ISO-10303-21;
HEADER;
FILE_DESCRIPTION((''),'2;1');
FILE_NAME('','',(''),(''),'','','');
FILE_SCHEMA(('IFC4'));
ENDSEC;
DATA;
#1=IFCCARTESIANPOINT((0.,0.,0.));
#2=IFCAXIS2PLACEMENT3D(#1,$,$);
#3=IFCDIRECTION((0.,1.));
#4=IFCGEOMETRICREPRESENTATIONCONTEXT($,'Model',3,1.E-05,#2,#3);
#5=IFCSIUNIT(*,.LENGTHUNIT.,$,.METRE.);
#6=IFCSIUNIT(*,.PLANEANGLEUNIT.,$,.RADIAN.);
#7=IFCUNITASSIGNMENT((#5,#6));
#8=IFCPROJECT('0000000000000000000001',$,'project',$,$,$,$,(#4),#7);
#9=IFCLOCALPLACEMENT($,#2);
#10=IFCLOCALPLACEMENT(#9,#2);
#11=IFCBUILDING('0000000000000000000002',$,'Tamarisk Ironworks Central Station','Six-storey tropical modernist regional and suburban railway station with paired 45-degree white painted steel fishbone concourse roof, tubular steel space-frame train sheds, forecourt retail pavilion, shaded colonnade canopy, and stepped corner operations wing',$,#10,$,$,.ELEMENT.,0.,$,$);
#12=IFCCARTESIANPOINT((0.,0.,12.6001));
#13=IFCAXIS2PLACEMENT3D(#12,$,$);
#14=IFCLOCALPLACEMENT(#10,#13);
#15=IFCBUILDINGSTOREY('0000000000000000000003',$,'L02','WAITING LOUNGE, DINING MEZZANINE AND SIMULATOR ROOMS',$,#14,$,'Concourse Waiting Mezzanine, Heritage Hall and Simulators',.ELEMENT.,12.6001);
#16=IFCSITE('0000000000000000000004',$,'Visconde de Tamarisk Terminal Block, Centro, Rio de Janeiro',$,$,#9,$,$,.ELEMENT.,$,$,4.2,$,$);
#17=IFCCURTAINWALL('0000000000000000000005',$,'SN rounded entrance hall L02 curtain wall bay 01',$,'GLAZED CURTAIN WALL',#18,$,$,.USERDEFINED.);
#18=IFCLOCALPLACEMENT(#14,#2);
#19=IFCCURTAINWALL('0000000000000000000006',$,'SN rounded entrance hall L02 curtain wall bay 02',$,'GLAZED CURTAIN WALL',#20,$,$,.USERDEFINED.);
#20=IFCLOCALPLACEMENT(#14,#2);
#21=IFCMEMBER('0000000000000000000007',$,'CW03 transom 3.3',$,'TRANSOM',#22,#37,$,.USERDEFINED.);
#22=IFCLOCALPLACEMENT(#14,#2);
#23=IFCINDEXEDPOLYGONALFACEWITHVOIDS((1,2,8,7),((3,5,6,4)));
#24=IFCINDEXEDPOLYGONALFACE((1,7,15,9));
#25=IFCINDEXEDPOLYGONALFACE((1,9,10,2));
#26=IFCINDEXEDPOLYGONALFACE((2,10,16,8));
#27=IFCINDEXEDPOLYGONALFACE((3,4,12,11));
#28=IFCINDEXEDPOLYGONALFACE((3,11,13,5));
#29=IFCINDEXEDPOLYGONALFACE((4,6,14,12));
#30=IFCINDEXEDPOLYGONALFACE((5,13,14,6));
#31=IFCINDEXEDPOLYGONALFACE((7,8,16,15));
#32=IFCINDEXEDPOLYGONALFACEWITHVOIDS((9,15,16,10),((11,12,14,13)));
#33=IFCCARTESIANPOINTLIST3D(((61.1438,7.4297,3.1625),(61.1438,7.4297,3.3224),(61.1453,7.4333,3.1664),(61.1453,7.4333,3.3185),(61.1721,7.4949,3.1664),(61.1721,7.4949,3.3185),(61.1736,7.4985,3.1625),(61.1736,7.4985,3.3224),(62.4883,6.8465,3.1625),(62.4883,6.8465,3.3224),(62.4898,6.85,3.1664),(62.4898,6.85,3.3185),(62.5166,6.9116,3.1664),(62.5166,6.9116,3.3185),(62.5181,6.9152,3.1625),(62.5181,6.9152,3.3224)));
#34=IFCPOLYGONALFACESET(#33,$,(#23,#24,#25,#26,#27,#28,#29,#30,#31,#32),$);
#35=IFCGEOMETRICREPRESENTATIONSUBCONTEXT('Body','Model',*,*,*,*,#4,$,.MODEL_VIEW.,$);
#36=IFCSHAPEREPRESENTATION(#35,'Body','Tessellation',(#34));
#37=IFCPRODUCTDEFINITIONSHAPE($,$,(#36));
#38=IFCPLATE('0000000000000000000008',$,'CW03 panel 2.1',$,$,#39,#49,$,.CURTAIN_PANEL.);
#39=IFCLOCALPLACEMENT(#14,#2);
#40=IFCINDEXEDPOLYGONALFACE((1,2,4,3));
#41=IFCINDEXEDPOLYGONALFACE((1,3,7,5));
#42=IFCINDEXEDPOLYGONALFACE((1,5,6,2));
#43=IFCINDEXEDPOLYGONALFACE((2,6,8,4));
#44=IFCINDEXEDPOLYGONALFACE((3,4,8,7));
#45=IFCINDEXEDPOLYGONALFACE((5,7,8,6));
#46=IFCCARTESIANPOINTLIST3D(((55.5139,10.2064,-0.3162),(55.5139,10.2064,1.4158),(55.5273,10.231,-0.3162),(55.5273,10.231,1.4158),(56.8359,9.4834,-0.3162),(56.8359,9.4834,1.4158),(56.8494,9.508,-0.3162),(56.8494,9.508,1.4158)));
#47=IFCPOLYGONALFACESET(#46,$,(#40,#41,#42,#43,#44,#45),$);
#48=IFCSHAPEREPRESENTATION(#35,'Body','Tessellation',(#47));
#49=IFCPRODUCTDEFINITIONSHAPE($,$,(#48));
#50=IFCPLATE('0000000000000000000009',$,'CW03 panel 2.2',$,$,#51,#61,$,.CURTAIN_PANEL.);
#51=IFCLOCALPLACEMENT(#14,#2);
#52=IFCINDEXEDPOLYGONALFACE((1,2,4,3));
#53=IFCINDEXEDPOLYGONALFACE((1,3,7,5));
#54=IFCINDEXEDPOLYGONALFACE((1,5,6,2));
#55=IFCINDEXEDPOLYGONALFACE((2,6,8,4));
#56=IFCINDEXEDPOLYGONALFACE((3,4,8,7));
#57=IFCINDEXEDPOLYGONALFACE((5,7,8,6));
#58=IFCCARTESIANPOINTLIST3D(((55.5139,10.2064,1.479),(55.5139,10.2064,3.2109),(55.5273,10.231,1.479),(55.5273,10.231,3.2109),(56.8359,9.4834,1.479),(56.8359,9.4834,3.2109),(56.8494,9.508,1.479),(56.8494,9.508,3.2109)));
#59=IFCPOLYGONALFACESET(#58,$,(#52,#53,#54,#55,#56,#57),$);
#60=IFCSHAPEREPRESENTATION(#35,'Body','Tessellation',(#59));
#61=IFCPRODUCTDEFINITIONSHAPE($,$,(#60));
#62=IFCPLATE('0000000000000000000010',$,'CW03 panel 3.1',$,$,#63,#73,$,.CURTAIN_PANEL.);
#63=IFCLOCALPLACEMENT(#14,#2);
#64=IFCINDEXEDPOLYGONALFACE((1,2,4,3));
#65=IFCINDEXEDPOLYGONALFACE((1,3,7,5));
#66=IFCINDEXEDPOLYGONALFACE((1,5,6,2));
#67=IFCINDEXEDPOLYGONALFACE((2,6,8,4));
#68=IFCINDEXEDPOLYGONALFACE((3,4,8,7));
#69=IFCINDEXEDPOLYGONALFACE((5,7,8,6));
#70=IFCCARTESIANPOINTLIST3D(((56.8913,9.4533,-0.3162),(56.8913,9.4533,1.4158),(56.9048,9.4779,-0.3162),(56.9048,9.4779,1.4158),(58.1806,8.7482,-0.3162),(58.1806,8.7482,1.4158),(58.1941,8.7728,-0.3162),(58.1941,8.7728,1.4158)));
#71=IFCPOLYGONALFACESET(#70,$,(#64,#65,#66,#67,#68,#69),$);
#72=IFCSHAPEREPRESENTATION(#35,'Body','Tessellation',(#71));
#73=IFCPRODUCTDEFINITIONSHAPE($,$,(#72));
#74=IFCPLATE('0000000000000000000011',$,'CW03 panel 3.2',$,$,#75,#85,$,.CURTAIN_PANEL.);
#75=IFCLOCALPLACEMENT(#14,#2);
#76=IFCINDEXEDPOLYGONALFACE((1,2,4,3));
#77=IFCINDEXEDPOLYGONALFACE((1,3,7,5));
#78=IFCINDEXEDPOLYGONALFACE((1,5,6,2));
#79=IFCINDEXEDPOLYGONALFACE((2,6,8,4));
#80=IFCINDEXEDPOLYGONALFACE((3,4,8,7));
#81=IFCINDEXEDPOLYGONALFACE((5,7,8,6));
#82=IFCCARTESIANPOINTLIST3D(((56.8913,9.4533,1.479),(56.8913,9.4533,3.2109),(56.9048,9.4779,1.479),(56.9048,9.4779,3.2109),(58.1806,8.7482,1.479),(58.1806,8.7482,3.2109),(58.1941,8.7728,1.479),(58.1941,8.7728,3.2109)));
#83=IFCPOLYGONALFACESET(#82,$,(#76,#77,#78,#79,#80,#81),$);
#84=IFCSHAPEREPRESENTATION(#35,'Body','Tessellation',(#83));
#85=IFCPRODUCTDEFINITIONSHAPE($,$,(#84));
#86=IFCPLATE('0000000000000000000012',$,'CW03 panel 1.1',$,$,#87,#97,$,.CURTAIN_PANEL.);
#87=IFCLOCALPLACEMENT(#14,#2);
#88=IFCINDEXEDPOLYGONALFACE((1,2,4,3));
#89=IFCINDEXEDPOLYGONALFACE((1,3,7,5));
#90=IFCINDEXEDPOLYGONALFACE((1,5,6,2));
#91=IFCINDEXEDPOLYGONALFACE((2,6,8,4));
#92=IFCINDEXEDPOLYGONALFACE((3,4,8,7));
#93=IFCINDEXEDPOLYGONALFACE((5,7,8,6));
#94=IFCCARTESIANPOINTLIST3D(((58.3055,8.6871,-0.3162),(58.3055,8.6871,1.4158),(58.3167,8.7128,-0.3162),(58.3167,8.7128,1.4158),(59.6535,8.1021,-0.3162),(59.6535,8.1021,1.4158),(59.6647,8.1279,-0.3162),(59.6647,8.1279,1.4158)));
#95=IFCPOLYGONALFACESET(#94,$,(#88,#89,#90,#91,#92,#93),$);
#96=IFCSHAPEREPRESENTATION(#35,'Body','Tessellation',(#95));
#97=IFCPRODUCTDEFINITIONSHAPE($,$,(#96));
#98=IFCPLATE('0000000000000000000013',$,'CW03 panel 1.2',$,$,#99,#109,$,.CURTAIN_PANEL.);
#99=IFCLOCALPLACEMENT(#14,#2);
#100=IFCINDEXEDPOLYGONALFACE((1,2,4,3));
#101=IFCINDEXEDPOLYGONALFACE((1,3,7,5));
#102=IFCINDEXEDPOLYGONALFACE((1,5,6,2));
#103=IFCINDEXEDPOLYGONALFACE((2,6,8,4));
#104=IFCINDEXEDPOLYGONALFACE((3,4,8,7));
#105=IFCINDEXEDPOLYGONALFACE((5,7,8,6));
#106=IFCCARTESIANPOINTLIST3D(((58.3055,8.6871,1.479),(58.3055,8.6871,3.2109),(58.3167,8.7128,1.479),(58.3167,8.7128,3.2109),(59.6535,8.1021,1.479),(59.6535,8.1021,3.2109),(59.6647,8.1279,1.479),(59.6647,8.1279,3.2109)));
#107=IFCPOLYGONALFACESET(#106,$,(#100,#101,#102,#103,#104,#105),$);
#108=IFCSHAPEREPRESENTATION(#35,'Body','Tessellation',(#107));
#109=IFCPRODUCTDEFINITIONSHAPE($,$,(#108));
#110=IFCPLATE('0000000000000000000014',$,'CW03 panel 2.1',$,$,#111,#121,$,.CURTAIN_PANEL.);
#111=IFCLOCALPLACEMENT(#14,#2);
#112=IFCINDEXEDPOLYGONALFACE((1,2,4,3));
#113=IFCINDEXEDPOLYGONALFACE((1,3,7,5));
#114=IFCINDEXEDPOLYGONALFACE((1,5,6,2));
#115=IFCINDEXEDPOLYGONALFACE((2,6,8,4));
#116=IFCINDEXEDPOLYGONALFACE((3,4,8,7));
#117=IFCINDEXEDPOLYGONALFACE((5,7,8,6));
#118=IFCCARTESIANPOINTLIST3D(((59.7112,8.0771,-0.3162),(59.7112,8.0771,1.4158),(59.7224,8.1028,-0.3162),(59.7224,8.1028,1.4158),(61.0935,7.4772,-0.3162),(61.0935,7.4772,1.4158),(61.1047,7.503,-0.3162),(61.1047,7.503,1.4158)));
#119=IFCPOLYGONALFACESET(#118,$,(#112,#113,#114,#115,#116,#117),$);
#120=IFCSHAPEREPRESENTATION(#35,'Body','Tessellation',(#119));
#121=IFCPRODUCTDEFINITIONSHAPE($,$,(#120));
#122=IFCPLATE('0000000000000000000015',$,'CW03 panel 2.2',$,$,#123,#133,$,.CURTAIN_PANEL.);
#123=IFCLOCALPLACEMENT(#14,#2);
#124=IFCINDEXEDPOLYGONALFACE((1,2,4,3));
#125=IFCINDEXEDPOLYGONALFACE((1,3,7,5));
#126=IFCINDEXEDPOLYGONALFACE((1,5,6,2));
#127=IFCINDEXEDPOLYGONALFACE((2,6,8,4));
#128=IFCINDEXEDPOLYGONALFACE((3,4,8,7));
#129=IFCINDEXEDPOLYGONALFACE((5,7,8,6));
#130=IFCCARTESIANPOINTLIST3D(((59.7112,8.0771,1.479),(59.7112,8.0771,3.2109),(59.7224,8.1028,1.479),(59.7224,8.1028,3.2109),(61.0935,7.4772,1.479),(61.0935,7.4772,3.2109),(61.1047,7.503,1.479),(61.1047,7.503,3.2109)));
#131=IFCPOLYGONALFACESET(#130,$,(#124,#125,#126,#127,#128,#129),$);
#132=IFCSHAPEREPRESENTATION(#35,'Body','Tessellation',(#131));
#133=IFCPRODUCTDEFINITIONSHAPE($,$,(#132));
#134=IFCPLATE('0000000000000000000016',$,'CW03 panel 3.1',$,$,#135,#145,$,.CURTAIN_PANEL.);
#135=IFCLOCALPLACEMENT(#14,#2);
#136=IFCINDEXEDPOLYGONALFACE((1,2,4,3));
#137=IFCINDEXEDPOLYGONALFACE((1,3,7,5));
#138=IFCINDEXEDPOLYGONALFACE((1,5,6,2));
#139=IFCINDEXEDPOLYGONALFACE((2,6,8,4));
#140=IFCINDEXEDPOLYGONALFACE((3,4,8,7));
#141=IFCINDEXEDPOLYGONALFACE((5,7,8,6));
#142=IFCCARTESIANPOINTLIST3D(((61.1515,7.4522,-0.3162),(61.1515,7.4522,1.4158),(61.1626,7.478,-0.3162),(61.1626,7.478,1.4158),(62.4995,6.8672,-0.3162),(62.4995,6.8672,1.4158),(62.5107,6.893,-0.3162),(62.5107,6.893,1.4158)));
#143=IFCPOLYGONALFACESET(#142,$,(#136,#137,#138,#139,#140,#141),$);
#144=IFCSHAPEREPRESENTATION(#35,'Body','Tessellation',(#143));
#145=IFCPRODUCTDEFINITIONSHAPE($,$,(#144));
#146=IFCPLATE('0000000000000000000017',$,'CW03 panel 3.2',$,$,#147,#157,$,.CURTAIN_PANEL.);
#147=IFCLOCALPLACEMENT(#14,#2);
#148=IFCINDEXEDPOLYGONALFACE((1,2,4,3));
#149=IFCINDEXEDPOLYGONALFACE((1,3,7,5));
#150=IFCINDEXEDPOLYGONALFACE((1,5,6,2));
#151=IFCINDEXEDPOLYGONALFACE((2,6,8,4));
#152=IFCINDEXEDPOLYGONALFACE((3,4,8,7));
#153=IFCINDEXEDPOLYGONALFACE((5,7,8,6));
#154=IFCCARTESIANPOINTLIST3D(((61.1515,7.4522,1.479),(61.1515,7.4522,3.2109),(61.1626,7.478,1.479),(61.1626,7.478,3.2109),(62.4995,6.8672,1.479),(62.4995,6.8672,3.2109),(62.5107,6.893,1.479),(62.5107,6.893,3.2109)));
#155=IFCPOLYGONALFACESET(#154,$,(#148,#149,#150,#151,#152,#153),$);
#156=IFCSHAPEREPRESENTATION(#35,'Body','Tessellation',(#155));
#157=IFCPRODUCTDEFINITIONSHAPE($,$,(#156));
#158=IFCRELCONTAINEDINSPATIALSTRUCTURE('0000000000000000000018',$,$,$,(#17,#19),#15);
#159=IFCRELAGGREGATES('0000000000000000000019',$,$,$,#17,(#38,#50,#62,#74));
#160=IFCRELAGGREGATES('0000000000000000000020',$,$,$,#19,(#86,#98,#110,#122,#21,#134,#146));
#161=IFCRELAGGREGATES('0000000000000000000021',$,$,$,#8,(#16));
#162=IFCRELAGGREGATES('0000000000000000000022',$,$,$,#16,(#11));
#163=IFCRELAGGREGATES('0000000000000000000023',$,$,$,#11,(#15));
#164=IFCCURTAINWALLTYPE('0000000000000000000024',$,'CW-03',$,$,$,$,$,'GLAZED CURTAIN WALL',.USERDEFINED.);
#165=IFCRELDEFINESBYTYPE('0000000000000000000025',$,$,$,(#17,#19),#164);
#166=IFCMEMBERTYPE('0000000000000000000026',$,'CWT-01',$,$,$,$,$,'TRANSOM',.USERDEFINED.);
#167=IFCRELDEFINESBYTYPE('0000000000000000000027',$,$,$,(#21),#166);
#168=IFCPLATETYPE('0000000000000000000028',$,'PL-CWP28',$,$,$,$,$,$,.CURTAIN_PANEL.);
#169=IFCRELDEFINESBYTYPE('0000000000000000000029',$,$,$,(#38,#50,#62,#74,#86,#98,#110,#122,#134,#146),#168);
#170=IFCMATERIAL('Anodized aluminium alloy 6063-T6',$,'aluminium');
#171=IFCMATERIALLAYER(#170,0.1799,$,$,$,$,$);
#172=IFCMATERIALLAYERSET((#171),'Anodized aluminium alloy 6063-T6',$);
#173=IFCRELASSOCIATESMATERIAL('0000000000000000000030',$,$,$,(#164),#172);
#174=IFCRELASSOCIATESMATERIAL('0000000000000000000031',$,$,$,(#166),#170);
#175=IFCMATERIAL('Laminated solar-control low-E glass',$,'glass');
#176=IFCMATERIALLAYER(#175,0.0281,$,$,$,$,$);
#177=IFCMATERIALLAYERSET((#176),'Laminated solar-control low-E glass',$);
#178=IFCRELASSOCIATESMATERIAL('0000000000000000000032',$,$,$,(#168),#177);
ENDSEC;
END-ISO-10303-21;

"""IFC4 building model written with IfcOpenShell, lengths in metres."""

from ifc_helpers import new_model, si_unit, direction, frame, origin, origin_2d, place, context, subcontext, project, spatial, rectangle, hollow_rectangle, extrude, material, layer, layer_set, material_profile, profile_set, type_object, element, aggregate, save


model = new_model("IFC4")

# Units and contexts
model_context = context("Model", 3, precision=1e-05, world=origin(), true_north=direction((0.0, 1.0)))
body_context = subcontext(model_context, "Body", "Model", "MODEL_VIEW")
ifc_project = project(units=[si_unit("LENGTHUNIT", "METRE"), si_unit("PLANEANGLEUNIT", "RADIAN")], contexts=[model_context])

# Site, building, storey
site_placement = place(None, origin())
site = spatial("IfcSite", under=ifc_project, at=site_placement, Name="Visconde de Tamarisk Terminal Block, Centro, Rio de Janeiro", CompositionType="ELEMENT", RefElevation=4.2)
building_placement = place(site_placement, origin())
building = spatial("IfcBuilding", under=site, at=building_placement, Name="Tamarisk Ironworks Central Station", Description="Six-storey tropical modernist regional and suburban railway station with paired 45-degree white painted steel fishbone concourse roof, tubular steel space-frame train sheds, forecourt retail pavilion, shaded colonnade canopy, and stepped corner operations wing", CompositionType="ELEMENT", ElevationOfRefHeight=0.0)
storey_placement = place(building_placement, frame((0.0, 0.0, 12.6001)))
storey = spatial("IfcBuildingStorey", under=building, at=storey_placement, Name="L02", Description="WAITING LOUNGE, DINING MEZZANINE AND SIMULATOR ROOMS", LongName="Concourse Waiting Mezzanine, Heritage Hall and Simulators", CompositionType="ELEMENT", Elevation=12.6001)

# Curtain walls
ifc_material_1 = material(Name="Anodized aluminium alloy 6063-T6", Category="aluminium")
ifc_layer_1 = layer(ifc_material_1, 0.1799)
ifc_layer_set_1 = layer_set([ifc_layer_1], Name="Anodized aluminium alloy 6063-T6")
curtain_wall_type = type_object("IfcCurtainWallType", Name="CW-03", ElementType="GLAZED CURTAIN WALL", PredefinedType="USERDEFINED", material=ifc_layer_set_1)
curtain_wall_1_placement = place(storey_placement, origin())
curtain_wall_1 = element("IfcCurtainWall", 1, at=curtain_wall_1_placement, inside=storey, type_object=curtain_wall_type, Name="SN rounded entrance hall L02 curtain wall bay 01", ObjectType="GLAZED CURTAIN WALL", PredefinedType="USERDEFINED")
curtain_wall_2_placement = place(storey_placement, origin())
curtain_wall_2 = element("IfcCurtainWall", 2, at=curtain_wall_2_placement, inside=storey, type_object=curtain_wall_type, Name="SN rounded entrance hall L02 curtain wall bay 02", ObjectType="GLAZED CURTAIN WALL", PredefinedType="USERDEFINED")

# Member
ifc_material_profile_1 = material_profile(ifc_material_1, hollow_rectangle(XDim=0.075, YDim=0.1599, WallThickness=0.0039, at=origin_2d()), Name="ALUM 160x75")
ifc_profile_set_1 = profile_set([ifc_material_profile_1], Name="Anodized aluminium alloy 6063-T6")
member_type_1 = type_object("IfcMemberType", Name="CWT-01", ElementType="TRANSOM", PredefinedType="USERDEFINED", material=ifc_profile_set_1)
member_1_placement = place(storey_placement, frame((61.1587, 7.4641, 3.2424), z_axis=(0.917396, -0.397977, 0.0), x_axis=(0.397977, 0.917396, 0.0)))
member_1 = element("IfcMember", 3, at=member_1_placement, type_object=member_type_1, Name="CW03 transom 3.3", ObjectType="TRANSOM", PredefinedType="USERDEFINED", context=body_context, shape_type="SweptSolid", body=[
    extrude(hollow_rectangle(XDim=0.075, YDim=0.1599, WallThickness=0.0039, at=origin_2d()), origin(), (0.0, 0.0, 1.0), 1.4656),
])

# Plates
ifc_material_2 = material(Name="Laminated solar-control low-E glass", Category="glass")
ifc_layer_2 = layer(ifc_material_2, 0.0281)
ifc_layer_set_2 = layer_set([ifc_layer_2], Name="Laminated solar-control low-E glass")
plate_type = type_object("IfcPlateType", Name="PL-CWP28", PredefinedType="CURTAIN_PANEL", material=ifc_layer_set_2)
plate_1_placement = place(storey_placement, frame((56.1816, 9.8572, -0.3162), z_axis=(0.0, 0.0, 1.0), x_axis=(0.877375, -0.479805, 0.0)))
plate_1 = element("IfcPlate", 4, at=plate_1_placement, type_object=plate_type, Name="CW03 panel 2.1", PredefinedType="CURTAIN_PANEL", context=body_context, shape_type="SweptSolid", body=[
    extrude(rectangle(XDim=1.5068, YDim=0.0281, at=origin_2d()), origin(), (0.0, 0.0, 1.0), 1.7319),
])
plate_2_placement = place(storey_placement, frame((56.1816, 9.8572, 1.479), z_axis=(0.0, 0.0, 1.0), x_axis=(0.877375, -0.479805, 0.0)))
plate_2 = element("IfcPlate", 5, at=plate_2_placement, type_object=plate_type, Name="CW03 panel 2.2", PredefinedType="CURTAIN_PANEL", context=body_context, shape_type="SweptSolid", body=[
    extrude(rectangle(XDim=1.5068, YDim=0.0281, at=origin_2d()), origin(), (0.0, 0.0, 1.0), 1.7319),
])
plate_3_placement = place(storey_placement, frame((57.5427, 9.113, -0.3162), z_axis=(0.0, 0.0, 1.0), x_axis=(0.877375, -0.479805, 0.0)))
plate_3 = element("IfcPlate", 6, at=plate_3_placement, type_object=plate_type, Name="CW03 panel 3.1", PredefinedType="CURTAIN_PANEL", context=body_context, shape_type="SweptSolid", body=[
    extrude(rectangle(XDim=1.4695, YDim=0.0281, at=origin_2d()), origin(), (0.0, 0.0, 1.0), 1.7319),
])
plate_4_placement = place(storey_placement, frame((57.5427, 9.113, 1.479), z_axis=(0.0, 0.0, 1.0), x_axis=(0.877375, -0.479805, 0.0)))
plate_4 = element("IfcPlate", 7, at=plate_4_placement, type_object=plate_type, Name="CW03 panel 3.2", PredefinedType="CURTAIN_PANEL", context=body_context, shape_type="SweptSolid", body=[
    extrude(rectangle(XDim=1.4695, YDim=0.0281, at=origin_2d()), origin(), (0.0, 0.0, 1.0), 1.7319),
])
aggregate(curtain_wall_1, [plate_1, plate_2, plate_3, plate_4])
plate_5_placement = place(storey_placement, frame((58.9851, 8.4075, -0.3162), z_axis=(0.0, 0.0, 1.0), x_axis=(0.917352, -0.398077, 0.0)))
plate_5 = element("IfcPlate", 8, at=plate_5_placement, type_object=plate_type, Name="CW03 panel 1.1", PredefinedType="CURTAIN_PANEL", context=body_context, shape_type="SweptSolid", body=[
    extrude(rectangle(XDim=1.4695, YDim=0.0281, at=origin_2d()), origin(), (0.0, 0.0, 1.0), 1.7319),
])
plate_6_placement = place(storey_placement, frame((58.9851, 8.4075, 1.479), z_axis=(0.0, 0.0, 1.0), x_axis=(0.917352, -0.398077, 0.0)))
plate_6 = element("IfcPlate", 9, at=plate_6_placement, type_object=plate_type, Name="CW03 panel 1.2", PredefinedType="CURTAIN_PANEL", context=body_context, shape_type="SweptSolid", body=[
    extrude(rectangle(XDim=1.4695, YDim=0.0281, at=origin_2d()), origin(), (0.0, 0.0, 1.0), 1.7319),
])
plate_7_placement = place(storey_placement, frame((60.408, 7.79, -0.3162), z_axis=(0.0, 0.0, 1.0), x_axis=(0.917352, -0.398077, 0.0)))
plate_7 = element("IfcPlate", 10, at=plate_7_placement, type_object=plate_type, Name="CW03 panel 2.1", PredefinedType="CURTAIN_PANEL", context=body_context, shape_type="SweptSolid", body=[
    extrude(rectangle(XDim=1.5068, YDim=0.0281, at=origin_2d()), origin(), (0.0, 0.0, 1.0), 1.7319),
])
plate_8_placement = place(storey_placement, frame((60.408, 7.79, 1.479), z_axis=(0.0, 0.0, 1.0), x_axis=(0.917352, -0.398077, 0.0)))
plate_8 = element("IfcPlate", 11, at=plate_8_placement, type_object=plate_type, Name="CW03 panel 2.2", PredefinedType="CURTAIN_PANEL", context=body_context, shape_type="SweptSolid", body=[
    extrude(rectangle(XDim=1.5068, YDim=0.0281, at=origin_2d()), origin(), (0.0, 0.0, 1.0), 1.7319),
])
plate_9_placement = place(storey_placement, frame((61.8311, 7.1726, -0.3162), z_axis=(0.0, 0.0, 1.0), x_axis=(0.917352, -0.398077, 0.0)))
plate_9 = element("IfcPlate", 12, at=plate_9_placement, type_object=plate_type, Name="CW03 panel 3.1", PredefinedType="CURTAIN_PANEL", context=body_context, shape_type="SweptSolid", body=[
    extrude(rectangle(XDim=1.4695, YDim=0.0281, at=origin_2d()), origin(), (0.0, 0.0, 1.0), 1.7319),
])
plate_10_placement = place(storey_placement, frame((61.8311, 7.1726, 1.479), z_axis=(0.0, 0.0, 1.0), x_axis=(0.917352, -0.398077, 0.0)))
plate_10 = element("IfcPlate", 13, at=plate_10_placement, type_object=plate_type, Name="CW03 panel 3.2", PredefinedType="CURTAIN_PANEL", context=body_context, shape_type="SweptSolid", body=[
    extrude(rectangle(XDim=1.4695, YDim=0.0281, at=origin_2d()), origin(), (0.0, 0.0, 1.0), 1.7319),
])
aggregate(curtain_wall_2, [plate_5, plate_6, plate_7, plate_8, member_1, plate_9, plate_10])

save(model, "model.ifc")
